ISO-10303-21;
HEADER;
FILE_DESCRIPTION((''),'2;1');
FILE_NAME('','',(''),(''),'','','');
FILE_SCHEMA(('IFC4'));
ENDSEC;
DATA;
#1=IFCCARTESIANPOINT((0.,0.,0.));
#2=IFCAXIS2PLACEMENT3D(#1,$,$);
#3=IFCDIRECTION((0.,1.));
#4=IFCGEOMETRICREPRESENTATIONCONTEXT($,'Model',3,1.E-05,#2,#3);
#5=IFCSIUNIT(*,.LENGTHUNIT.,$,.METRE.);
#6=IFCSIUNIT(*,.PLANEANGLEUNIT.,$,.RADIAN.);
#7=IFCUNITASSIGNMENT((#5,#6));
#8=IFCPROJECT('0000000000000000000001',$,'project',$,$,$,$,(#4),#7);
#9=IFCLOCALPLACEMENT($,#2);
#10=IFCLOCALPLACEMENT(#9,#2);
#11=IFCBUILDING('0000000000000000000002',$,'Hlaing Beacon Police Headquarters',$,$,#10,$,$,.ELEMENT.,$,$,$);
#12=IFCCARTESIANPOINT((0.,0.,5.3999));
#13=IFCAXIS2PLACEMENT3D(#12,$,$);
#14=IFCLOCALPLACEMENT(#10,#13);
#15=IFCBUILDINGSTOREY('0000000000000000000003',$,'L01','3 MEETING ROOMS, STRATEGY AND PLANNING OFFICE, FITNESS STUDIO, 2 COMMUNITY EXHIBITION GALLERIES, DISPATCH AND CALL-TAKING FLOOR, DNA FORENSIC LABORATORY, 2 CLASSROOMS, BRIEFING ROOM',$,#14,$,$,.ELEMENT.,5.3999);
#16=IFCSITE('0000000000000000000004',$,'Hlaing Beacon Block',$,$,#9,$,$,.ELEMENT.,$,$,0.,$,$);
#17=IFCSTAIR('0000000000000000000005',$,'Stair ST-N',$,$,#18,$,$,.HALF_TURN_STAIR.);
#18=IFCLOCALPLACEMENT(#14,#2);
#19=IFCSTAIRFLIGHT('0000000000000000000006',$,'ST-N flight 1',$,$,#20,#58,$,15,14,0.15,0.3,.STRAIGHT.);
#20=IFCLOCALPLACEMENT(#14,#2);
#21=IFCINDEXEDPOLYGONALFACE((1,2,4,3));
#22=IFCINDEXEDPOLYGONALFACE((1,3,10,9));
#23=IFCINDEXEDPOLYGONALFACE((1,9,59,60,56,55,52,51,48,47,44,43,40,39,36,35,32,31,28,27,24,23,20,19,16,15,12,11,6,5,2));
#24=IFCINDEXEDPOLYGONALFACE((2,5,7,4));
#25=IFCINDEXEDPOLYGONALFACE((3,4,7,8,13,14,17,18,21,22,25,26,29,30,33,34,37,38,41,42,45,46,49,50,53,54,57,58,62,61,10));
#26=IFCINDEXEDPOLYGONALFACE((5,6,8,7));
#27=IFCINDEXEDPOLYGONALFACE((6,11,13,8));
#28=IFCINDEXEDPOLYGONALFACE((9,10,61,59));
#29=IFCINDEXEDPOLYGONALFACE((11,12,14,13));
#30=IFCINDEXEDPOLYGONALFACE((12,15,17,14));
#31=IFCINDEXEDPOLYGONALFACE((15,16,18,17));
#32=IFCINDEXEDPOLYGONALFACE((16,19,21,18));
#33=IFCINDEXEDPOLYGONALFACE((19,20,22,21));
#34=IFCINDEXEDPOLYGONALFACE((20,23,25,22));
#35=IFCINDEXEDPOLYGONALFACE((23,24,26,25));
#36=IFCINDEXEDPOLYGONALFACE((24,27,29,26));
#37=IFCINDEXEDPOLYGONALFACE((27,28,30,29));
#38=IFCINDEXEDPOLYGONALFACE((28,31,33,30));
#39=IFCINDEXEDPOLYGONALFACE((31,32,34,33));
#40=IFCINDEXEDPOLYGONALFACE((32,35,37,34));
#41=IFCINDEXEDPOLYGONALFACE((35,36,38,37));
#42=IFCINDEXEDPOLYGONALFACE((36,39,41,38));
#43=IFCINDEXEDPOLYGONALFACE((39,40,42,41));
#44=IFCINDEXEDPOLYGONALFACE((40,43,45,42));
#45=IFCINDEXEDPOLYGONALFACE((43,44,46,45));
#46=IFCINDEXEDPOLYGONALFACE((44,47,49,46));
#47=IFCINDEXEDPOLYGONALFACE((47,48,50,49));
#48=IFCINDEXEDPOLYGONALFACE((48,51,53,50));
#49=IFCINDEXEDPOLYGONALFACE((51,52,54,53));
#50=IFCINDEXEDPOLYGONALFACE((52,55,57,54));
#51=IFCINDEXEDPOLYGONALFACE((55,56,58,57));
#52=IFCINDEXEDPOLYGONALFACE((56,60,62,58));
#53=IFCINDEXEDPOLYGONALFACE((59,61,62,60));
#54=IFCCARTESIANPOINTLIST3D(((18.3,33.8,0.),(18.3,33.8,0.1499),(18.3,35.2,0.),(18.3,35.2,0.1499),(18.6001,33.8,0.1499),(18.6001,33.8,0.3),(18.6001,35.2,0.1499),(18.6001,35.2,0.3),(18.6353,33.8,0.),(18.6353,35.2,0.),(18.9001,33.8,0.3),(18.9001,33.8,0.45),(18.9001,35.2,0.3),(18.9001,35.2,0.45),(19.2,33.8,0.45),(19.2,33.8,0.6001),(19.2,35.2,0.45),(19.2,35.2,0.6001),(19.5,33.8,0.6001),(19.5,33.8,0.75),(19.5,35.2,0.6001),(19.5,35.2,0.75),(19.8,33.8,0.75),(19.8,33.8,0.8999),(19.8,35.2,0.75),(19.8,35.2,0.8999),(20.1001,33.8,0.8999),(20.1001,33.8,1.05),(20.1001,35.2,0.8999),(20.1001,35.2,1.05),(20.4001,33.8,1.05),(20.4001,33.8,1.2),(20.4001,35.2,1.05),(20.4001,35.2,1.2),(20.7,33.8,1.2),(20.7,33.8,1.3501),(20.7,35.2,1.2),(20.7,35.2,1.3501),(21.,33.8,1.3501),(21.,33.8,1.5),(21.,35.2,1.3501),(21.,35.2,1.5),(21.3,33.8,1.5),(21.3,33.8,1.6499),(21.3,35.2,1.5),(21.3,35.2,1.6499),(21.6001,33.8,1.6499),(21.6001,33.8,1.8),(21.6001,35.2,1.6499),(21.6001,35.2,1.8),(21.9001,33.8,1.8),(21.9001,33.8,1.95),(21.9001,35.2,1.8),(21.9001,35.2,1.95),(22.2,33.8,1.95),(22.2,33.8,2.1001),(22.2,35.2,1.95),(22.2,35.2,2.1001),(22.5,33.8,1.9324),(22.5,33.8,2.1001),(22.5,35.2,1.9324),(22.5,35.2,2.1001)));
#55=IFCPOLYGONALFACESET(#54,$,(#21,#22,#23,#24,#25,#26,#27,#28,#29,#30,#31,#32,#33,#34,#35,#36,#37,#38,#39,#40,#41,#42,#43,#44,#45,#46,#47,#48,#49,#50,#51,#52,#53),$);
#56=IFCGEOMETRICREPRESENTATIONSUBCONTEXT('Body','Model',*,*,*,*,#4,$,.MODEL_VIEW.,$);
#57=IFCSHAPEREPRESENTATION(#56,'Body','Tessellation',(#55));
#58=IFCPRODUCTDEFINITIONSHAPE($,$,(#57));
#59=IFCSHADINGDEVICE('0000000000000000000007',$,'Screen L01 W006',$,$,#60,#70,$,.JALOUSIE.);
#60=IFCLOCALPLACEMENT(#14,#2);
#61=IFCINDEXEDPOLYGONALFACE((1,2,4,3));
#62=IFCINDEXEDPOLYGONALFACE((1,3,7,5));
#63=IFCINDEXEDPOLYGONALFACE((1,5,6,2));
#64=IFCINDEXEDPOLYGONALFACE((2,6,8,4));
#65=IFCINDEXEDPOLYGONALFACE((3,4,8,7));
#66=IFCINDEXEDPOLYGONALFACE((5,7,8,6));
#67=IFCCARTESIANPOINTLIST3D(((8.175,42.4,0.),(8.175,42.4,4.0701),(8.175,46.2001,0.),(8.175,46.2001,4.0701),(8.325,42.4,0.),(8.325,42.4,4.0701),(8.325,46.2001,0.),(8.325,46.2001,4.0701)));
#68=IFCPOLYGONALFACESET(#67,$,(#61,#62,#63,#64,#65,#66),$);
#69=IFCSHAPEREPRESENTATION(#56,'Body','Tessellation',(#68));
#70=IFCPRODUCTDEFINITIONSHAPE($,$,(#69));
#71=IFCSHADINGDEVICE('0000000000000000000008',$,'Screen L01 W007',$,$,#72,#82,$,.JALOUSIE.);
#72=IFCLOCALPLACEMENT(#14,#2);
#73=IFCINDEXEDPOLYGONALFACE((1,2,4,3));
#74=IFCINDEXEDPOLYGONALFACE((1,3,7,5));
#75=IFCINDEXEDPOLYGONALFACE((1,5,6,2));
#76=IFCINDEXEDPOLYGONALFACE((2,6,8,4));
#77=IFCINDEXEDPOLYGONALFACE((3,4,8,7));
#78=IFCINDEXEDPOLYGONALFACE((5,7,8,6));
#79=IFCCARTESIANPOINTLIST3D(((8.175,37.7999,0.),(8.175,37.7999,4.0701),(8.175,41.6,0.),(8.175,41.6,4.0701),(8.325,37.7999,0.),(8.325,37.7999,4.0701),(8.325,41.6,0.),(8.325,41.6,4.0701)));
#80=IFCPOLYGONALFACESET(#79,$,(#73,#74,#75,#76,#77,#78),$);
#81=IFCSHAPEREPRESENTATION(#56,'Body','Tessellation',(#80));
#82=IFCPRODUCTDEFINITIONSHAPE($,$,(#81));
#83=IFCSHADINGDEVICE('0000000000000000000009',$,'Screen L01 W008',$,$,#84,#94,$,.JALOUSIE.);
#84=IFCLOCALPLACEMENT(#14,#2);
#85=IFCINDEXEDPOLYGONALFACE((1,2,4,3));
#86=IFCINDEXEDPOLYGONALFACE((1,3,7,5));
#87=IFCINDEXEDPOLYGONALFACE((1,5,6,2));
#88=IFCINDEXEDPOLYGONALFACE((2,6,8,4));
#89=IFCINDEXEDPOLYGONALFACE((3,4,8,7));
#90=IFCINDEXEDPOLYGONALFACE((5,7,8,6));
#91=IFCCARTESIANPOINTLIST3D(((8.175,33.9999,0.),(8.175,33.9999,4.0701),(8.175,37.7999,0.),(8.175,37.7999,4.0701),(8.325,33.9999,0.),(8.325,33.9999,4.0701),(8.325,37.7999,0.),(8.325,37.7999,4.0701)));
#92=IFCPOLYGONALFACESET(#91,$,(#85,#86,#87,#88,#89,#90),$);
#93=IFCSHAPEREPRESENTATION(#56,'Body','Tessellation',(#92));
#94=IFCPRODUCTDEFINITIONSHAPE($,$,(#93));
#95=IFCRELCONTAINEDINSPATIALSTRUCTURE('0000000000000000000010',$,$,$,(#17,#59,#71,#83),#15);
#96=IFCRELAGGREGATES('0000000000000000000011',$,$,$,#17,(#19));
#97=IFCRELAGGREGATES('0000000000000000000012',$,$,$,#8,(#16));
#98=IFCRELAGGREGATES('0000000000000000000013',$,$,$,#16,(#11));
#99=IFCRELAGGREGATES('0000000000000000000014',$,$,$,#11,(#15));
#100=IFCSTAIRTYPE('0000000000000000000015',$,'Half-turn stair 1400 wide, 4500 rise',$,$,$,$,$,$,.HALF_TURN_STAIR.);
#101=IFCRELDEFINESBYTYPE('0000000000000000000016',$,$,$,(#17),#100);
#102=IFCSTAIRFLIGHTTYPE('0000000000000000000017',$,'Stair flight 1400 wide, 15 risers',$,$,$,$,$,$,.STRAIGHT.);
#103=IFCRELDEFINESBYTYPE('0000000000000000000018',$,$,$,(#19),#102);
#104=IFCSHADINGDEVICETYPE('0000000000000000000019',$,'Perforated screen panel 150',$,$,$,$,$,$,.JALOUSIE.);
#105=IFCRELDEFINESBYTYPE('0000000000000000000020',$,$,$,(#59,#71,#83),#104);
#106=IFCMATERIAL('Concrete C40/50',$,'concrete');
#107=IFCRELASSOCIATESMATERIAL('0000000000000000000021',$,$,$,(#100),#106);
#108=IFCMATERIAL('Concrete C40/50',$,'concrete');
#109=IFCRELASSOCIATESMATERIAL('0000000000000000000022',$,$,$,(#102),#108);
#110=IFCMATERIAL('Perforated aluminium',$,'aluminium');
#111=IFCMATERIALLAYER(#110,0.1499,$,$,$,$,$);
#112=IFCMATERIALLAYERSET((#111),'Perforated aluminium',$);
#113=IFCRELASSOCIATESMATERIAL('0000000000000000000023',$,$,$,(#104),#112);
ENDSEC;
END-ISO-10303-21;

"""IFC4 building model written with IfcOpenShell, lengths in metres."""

from ifc_helpers import new_model, si_unit, direction, frame, origin, origin_2d, place, context, subcontext, project, spatial, polyline, rectangle, outline, extrude, material, layer, layer_set, type_object, element, aggregate, save


model = new_model("IFC4")

# Units and contexts
model_context = context("Model", 3, precision=1e-05, world=origin(), true_north=direction((0.0, 1.0)))
body_context = subcontext(model_context, "Body", "Model", "MODEL_VIEW")
ifc_project = project(units=[si_unit("LENGTHUNIT", "METRE"), si_unit("PLANEANGLEUNIT", "RADIAN")], contexts=[model_context])

# Site, building, storey
site_placement = place(None, origin())
site = spatial("IfcSite", under=ifc_project, at=site_placement, Name="Hlaing Beacon Block", CompositionType="ELEMENT", RefElevation=0.0)
building_placement = place(site_placement, origin())
building = spatial("IfcBuilding", under=site, at=building_placement, Name="Hlaing Beacon Police Headquarters", CompositionType="ELEMENT")
storey_placement = place(building_placement, frame((0.0, 0.0, 5.3999)))
storey = spatial("IfcBuildingStorey", under=building, at=storey_placement, Name="L01", Description="3 MEETING ROOMS, STRATEGY AND PLANNING OFFICE, FITNESS STUDIO, 2 COMMUNITY EXHIBITION GALLERIES, DISPATCH AND CALL-TAKING FLOOR, DNA FORENSIC LABORATORY, 2 CLASSROOMS, BRIEFING ROOM", CompositionType="ELEMENT", Elevation=5.3999)

# Stair, stair flight
ifc_material_1 = material(Name="Concrete C40/50", Category="concrete")
stair_type = type_object("IfcStairType", Name="Half-turn stair 1400 wide, 4500 rise", PredefinedType="HALF_TURN_STAIR", material=ifc_material_1)
stair_placement = place(storey_placement, origin())
stair = element("IfcStair", 1, at=stair_placement, inside=storey, type_object=stair_type, Name="Stair ST-N", PredefinedType="HALF_TURN_STAIR")
ifc_material_2 = material(Name="Concrete C40/50", Category="concrete")
stair_flight_type = type_object("IfcStairFlightType", Name="Stair flight 1400 wide, 15 risers", PredefinedType="STRAIGHT", material=ifc_material_2)
stair_flight_placement = place(storey_placement, frame((18.3, 34.5, 0.0), z_axis=(0.0, 0.0, 1.0), x_axis=(1.0, 0.0, 0.0)))
stair_flight = element("IfcStairFlight", 2, at=stair_flight_placement, type_object=stair_flight_type, Name="ST-N flight 1", NumberOfRisers=15, NumberOfTreads=14, PredefinedType="STRAIGHT", RiserHeight=0.15, TreadLength=0.3, context=body_context, shape_type="SweptSolid", body=[
    extrude(outline(polyline([(0.0, 0.0), (0.0, 0.1499), (0.3, 0.1499), (0.3, 0.3), (0.6001, 0.3), (0.6001, 0.45), (0.8999, 0.45), (0.8999, 0.6001), (1.2, 0.6001), (1.2, 0.75), (1.5, 0.75), (1.5, 0.8999), (1.8, 0.8999), (1.8, 1.05), (2.1001, 1.05), (2.1001, 1.2), (2.3999, 1.2), (2.3999, 1.3501), (2.7, 1.3501), (2.7, 1.5), (3.0, 1.5), (3.0, 1.6499), (3.3, 1.6499), (3.3, 1.8), (3.6001, 1.8), (3.6001, 1.95), (3.8999, 1.95), (3.8999, 2.1001), (4.2, 2.1001), (4.2, 2.25), (4.2, 1.9324), (0.3352, 0.0), (0.0, 0.0)])), frame((0.0, 0.7, 0.0), z_axis=(0.0, -1.0, 0.0), x_axis=(1.0, 0.0, 0.0)), (0.0, 0.0, 1.0), 1.3999),
])
aggregate(stair, [stair_flight])

# Shading devices
ifc_material_3 = material(Name="Perforated aluminium", Category="aluminium")
ifc_layer_1 = layer(ifc_material_3, 0.1499)
ifc_layer_set_1 = layer_set([ifc_layer_1], Name="Perforated aluminium")
shading_device_type = type_object("IfcShadingDeviceType", Name="Perforated screen panel 150", PredefinedType="JALOUSIE", material=ifc_layer_set_1)
for number, where, z_axis, x_axis, name in (
    (3, (8.25, 44.3, 0.0), (0.0, 0.0, 1.0), (0.0, -1.0, 0.0), "Screen L01 W006"),
    (4, (8.25, 39.7, 0.0), (0.0, 0.0, 1.0), (0.0, -1.0, 0.0), "Screen L01 W007"),
    (5, (8.25, 35.8999, 0.0), (0.0, 0.0, 1.0), (0.0, -1.0, 0.0), "Screen L01 W008"),
):
    element("IfcShadingDevice", number, at=place(storey_placement, frame(where, z_axis=z_axis, x_axis=x_axis)), inside=storey, type_object=shading_device_type, Name=name, PredefinedType="JALOUSIE", context=body_context, shape_type="SweptSolid", body=[
        extrude(rectangle(XDim=3.8, YDim=0.1499, at=origin_2d()), origin(), (0.0, 0.0, 1.0), 4.0701),
    ])

save(model, "model.ifc")
